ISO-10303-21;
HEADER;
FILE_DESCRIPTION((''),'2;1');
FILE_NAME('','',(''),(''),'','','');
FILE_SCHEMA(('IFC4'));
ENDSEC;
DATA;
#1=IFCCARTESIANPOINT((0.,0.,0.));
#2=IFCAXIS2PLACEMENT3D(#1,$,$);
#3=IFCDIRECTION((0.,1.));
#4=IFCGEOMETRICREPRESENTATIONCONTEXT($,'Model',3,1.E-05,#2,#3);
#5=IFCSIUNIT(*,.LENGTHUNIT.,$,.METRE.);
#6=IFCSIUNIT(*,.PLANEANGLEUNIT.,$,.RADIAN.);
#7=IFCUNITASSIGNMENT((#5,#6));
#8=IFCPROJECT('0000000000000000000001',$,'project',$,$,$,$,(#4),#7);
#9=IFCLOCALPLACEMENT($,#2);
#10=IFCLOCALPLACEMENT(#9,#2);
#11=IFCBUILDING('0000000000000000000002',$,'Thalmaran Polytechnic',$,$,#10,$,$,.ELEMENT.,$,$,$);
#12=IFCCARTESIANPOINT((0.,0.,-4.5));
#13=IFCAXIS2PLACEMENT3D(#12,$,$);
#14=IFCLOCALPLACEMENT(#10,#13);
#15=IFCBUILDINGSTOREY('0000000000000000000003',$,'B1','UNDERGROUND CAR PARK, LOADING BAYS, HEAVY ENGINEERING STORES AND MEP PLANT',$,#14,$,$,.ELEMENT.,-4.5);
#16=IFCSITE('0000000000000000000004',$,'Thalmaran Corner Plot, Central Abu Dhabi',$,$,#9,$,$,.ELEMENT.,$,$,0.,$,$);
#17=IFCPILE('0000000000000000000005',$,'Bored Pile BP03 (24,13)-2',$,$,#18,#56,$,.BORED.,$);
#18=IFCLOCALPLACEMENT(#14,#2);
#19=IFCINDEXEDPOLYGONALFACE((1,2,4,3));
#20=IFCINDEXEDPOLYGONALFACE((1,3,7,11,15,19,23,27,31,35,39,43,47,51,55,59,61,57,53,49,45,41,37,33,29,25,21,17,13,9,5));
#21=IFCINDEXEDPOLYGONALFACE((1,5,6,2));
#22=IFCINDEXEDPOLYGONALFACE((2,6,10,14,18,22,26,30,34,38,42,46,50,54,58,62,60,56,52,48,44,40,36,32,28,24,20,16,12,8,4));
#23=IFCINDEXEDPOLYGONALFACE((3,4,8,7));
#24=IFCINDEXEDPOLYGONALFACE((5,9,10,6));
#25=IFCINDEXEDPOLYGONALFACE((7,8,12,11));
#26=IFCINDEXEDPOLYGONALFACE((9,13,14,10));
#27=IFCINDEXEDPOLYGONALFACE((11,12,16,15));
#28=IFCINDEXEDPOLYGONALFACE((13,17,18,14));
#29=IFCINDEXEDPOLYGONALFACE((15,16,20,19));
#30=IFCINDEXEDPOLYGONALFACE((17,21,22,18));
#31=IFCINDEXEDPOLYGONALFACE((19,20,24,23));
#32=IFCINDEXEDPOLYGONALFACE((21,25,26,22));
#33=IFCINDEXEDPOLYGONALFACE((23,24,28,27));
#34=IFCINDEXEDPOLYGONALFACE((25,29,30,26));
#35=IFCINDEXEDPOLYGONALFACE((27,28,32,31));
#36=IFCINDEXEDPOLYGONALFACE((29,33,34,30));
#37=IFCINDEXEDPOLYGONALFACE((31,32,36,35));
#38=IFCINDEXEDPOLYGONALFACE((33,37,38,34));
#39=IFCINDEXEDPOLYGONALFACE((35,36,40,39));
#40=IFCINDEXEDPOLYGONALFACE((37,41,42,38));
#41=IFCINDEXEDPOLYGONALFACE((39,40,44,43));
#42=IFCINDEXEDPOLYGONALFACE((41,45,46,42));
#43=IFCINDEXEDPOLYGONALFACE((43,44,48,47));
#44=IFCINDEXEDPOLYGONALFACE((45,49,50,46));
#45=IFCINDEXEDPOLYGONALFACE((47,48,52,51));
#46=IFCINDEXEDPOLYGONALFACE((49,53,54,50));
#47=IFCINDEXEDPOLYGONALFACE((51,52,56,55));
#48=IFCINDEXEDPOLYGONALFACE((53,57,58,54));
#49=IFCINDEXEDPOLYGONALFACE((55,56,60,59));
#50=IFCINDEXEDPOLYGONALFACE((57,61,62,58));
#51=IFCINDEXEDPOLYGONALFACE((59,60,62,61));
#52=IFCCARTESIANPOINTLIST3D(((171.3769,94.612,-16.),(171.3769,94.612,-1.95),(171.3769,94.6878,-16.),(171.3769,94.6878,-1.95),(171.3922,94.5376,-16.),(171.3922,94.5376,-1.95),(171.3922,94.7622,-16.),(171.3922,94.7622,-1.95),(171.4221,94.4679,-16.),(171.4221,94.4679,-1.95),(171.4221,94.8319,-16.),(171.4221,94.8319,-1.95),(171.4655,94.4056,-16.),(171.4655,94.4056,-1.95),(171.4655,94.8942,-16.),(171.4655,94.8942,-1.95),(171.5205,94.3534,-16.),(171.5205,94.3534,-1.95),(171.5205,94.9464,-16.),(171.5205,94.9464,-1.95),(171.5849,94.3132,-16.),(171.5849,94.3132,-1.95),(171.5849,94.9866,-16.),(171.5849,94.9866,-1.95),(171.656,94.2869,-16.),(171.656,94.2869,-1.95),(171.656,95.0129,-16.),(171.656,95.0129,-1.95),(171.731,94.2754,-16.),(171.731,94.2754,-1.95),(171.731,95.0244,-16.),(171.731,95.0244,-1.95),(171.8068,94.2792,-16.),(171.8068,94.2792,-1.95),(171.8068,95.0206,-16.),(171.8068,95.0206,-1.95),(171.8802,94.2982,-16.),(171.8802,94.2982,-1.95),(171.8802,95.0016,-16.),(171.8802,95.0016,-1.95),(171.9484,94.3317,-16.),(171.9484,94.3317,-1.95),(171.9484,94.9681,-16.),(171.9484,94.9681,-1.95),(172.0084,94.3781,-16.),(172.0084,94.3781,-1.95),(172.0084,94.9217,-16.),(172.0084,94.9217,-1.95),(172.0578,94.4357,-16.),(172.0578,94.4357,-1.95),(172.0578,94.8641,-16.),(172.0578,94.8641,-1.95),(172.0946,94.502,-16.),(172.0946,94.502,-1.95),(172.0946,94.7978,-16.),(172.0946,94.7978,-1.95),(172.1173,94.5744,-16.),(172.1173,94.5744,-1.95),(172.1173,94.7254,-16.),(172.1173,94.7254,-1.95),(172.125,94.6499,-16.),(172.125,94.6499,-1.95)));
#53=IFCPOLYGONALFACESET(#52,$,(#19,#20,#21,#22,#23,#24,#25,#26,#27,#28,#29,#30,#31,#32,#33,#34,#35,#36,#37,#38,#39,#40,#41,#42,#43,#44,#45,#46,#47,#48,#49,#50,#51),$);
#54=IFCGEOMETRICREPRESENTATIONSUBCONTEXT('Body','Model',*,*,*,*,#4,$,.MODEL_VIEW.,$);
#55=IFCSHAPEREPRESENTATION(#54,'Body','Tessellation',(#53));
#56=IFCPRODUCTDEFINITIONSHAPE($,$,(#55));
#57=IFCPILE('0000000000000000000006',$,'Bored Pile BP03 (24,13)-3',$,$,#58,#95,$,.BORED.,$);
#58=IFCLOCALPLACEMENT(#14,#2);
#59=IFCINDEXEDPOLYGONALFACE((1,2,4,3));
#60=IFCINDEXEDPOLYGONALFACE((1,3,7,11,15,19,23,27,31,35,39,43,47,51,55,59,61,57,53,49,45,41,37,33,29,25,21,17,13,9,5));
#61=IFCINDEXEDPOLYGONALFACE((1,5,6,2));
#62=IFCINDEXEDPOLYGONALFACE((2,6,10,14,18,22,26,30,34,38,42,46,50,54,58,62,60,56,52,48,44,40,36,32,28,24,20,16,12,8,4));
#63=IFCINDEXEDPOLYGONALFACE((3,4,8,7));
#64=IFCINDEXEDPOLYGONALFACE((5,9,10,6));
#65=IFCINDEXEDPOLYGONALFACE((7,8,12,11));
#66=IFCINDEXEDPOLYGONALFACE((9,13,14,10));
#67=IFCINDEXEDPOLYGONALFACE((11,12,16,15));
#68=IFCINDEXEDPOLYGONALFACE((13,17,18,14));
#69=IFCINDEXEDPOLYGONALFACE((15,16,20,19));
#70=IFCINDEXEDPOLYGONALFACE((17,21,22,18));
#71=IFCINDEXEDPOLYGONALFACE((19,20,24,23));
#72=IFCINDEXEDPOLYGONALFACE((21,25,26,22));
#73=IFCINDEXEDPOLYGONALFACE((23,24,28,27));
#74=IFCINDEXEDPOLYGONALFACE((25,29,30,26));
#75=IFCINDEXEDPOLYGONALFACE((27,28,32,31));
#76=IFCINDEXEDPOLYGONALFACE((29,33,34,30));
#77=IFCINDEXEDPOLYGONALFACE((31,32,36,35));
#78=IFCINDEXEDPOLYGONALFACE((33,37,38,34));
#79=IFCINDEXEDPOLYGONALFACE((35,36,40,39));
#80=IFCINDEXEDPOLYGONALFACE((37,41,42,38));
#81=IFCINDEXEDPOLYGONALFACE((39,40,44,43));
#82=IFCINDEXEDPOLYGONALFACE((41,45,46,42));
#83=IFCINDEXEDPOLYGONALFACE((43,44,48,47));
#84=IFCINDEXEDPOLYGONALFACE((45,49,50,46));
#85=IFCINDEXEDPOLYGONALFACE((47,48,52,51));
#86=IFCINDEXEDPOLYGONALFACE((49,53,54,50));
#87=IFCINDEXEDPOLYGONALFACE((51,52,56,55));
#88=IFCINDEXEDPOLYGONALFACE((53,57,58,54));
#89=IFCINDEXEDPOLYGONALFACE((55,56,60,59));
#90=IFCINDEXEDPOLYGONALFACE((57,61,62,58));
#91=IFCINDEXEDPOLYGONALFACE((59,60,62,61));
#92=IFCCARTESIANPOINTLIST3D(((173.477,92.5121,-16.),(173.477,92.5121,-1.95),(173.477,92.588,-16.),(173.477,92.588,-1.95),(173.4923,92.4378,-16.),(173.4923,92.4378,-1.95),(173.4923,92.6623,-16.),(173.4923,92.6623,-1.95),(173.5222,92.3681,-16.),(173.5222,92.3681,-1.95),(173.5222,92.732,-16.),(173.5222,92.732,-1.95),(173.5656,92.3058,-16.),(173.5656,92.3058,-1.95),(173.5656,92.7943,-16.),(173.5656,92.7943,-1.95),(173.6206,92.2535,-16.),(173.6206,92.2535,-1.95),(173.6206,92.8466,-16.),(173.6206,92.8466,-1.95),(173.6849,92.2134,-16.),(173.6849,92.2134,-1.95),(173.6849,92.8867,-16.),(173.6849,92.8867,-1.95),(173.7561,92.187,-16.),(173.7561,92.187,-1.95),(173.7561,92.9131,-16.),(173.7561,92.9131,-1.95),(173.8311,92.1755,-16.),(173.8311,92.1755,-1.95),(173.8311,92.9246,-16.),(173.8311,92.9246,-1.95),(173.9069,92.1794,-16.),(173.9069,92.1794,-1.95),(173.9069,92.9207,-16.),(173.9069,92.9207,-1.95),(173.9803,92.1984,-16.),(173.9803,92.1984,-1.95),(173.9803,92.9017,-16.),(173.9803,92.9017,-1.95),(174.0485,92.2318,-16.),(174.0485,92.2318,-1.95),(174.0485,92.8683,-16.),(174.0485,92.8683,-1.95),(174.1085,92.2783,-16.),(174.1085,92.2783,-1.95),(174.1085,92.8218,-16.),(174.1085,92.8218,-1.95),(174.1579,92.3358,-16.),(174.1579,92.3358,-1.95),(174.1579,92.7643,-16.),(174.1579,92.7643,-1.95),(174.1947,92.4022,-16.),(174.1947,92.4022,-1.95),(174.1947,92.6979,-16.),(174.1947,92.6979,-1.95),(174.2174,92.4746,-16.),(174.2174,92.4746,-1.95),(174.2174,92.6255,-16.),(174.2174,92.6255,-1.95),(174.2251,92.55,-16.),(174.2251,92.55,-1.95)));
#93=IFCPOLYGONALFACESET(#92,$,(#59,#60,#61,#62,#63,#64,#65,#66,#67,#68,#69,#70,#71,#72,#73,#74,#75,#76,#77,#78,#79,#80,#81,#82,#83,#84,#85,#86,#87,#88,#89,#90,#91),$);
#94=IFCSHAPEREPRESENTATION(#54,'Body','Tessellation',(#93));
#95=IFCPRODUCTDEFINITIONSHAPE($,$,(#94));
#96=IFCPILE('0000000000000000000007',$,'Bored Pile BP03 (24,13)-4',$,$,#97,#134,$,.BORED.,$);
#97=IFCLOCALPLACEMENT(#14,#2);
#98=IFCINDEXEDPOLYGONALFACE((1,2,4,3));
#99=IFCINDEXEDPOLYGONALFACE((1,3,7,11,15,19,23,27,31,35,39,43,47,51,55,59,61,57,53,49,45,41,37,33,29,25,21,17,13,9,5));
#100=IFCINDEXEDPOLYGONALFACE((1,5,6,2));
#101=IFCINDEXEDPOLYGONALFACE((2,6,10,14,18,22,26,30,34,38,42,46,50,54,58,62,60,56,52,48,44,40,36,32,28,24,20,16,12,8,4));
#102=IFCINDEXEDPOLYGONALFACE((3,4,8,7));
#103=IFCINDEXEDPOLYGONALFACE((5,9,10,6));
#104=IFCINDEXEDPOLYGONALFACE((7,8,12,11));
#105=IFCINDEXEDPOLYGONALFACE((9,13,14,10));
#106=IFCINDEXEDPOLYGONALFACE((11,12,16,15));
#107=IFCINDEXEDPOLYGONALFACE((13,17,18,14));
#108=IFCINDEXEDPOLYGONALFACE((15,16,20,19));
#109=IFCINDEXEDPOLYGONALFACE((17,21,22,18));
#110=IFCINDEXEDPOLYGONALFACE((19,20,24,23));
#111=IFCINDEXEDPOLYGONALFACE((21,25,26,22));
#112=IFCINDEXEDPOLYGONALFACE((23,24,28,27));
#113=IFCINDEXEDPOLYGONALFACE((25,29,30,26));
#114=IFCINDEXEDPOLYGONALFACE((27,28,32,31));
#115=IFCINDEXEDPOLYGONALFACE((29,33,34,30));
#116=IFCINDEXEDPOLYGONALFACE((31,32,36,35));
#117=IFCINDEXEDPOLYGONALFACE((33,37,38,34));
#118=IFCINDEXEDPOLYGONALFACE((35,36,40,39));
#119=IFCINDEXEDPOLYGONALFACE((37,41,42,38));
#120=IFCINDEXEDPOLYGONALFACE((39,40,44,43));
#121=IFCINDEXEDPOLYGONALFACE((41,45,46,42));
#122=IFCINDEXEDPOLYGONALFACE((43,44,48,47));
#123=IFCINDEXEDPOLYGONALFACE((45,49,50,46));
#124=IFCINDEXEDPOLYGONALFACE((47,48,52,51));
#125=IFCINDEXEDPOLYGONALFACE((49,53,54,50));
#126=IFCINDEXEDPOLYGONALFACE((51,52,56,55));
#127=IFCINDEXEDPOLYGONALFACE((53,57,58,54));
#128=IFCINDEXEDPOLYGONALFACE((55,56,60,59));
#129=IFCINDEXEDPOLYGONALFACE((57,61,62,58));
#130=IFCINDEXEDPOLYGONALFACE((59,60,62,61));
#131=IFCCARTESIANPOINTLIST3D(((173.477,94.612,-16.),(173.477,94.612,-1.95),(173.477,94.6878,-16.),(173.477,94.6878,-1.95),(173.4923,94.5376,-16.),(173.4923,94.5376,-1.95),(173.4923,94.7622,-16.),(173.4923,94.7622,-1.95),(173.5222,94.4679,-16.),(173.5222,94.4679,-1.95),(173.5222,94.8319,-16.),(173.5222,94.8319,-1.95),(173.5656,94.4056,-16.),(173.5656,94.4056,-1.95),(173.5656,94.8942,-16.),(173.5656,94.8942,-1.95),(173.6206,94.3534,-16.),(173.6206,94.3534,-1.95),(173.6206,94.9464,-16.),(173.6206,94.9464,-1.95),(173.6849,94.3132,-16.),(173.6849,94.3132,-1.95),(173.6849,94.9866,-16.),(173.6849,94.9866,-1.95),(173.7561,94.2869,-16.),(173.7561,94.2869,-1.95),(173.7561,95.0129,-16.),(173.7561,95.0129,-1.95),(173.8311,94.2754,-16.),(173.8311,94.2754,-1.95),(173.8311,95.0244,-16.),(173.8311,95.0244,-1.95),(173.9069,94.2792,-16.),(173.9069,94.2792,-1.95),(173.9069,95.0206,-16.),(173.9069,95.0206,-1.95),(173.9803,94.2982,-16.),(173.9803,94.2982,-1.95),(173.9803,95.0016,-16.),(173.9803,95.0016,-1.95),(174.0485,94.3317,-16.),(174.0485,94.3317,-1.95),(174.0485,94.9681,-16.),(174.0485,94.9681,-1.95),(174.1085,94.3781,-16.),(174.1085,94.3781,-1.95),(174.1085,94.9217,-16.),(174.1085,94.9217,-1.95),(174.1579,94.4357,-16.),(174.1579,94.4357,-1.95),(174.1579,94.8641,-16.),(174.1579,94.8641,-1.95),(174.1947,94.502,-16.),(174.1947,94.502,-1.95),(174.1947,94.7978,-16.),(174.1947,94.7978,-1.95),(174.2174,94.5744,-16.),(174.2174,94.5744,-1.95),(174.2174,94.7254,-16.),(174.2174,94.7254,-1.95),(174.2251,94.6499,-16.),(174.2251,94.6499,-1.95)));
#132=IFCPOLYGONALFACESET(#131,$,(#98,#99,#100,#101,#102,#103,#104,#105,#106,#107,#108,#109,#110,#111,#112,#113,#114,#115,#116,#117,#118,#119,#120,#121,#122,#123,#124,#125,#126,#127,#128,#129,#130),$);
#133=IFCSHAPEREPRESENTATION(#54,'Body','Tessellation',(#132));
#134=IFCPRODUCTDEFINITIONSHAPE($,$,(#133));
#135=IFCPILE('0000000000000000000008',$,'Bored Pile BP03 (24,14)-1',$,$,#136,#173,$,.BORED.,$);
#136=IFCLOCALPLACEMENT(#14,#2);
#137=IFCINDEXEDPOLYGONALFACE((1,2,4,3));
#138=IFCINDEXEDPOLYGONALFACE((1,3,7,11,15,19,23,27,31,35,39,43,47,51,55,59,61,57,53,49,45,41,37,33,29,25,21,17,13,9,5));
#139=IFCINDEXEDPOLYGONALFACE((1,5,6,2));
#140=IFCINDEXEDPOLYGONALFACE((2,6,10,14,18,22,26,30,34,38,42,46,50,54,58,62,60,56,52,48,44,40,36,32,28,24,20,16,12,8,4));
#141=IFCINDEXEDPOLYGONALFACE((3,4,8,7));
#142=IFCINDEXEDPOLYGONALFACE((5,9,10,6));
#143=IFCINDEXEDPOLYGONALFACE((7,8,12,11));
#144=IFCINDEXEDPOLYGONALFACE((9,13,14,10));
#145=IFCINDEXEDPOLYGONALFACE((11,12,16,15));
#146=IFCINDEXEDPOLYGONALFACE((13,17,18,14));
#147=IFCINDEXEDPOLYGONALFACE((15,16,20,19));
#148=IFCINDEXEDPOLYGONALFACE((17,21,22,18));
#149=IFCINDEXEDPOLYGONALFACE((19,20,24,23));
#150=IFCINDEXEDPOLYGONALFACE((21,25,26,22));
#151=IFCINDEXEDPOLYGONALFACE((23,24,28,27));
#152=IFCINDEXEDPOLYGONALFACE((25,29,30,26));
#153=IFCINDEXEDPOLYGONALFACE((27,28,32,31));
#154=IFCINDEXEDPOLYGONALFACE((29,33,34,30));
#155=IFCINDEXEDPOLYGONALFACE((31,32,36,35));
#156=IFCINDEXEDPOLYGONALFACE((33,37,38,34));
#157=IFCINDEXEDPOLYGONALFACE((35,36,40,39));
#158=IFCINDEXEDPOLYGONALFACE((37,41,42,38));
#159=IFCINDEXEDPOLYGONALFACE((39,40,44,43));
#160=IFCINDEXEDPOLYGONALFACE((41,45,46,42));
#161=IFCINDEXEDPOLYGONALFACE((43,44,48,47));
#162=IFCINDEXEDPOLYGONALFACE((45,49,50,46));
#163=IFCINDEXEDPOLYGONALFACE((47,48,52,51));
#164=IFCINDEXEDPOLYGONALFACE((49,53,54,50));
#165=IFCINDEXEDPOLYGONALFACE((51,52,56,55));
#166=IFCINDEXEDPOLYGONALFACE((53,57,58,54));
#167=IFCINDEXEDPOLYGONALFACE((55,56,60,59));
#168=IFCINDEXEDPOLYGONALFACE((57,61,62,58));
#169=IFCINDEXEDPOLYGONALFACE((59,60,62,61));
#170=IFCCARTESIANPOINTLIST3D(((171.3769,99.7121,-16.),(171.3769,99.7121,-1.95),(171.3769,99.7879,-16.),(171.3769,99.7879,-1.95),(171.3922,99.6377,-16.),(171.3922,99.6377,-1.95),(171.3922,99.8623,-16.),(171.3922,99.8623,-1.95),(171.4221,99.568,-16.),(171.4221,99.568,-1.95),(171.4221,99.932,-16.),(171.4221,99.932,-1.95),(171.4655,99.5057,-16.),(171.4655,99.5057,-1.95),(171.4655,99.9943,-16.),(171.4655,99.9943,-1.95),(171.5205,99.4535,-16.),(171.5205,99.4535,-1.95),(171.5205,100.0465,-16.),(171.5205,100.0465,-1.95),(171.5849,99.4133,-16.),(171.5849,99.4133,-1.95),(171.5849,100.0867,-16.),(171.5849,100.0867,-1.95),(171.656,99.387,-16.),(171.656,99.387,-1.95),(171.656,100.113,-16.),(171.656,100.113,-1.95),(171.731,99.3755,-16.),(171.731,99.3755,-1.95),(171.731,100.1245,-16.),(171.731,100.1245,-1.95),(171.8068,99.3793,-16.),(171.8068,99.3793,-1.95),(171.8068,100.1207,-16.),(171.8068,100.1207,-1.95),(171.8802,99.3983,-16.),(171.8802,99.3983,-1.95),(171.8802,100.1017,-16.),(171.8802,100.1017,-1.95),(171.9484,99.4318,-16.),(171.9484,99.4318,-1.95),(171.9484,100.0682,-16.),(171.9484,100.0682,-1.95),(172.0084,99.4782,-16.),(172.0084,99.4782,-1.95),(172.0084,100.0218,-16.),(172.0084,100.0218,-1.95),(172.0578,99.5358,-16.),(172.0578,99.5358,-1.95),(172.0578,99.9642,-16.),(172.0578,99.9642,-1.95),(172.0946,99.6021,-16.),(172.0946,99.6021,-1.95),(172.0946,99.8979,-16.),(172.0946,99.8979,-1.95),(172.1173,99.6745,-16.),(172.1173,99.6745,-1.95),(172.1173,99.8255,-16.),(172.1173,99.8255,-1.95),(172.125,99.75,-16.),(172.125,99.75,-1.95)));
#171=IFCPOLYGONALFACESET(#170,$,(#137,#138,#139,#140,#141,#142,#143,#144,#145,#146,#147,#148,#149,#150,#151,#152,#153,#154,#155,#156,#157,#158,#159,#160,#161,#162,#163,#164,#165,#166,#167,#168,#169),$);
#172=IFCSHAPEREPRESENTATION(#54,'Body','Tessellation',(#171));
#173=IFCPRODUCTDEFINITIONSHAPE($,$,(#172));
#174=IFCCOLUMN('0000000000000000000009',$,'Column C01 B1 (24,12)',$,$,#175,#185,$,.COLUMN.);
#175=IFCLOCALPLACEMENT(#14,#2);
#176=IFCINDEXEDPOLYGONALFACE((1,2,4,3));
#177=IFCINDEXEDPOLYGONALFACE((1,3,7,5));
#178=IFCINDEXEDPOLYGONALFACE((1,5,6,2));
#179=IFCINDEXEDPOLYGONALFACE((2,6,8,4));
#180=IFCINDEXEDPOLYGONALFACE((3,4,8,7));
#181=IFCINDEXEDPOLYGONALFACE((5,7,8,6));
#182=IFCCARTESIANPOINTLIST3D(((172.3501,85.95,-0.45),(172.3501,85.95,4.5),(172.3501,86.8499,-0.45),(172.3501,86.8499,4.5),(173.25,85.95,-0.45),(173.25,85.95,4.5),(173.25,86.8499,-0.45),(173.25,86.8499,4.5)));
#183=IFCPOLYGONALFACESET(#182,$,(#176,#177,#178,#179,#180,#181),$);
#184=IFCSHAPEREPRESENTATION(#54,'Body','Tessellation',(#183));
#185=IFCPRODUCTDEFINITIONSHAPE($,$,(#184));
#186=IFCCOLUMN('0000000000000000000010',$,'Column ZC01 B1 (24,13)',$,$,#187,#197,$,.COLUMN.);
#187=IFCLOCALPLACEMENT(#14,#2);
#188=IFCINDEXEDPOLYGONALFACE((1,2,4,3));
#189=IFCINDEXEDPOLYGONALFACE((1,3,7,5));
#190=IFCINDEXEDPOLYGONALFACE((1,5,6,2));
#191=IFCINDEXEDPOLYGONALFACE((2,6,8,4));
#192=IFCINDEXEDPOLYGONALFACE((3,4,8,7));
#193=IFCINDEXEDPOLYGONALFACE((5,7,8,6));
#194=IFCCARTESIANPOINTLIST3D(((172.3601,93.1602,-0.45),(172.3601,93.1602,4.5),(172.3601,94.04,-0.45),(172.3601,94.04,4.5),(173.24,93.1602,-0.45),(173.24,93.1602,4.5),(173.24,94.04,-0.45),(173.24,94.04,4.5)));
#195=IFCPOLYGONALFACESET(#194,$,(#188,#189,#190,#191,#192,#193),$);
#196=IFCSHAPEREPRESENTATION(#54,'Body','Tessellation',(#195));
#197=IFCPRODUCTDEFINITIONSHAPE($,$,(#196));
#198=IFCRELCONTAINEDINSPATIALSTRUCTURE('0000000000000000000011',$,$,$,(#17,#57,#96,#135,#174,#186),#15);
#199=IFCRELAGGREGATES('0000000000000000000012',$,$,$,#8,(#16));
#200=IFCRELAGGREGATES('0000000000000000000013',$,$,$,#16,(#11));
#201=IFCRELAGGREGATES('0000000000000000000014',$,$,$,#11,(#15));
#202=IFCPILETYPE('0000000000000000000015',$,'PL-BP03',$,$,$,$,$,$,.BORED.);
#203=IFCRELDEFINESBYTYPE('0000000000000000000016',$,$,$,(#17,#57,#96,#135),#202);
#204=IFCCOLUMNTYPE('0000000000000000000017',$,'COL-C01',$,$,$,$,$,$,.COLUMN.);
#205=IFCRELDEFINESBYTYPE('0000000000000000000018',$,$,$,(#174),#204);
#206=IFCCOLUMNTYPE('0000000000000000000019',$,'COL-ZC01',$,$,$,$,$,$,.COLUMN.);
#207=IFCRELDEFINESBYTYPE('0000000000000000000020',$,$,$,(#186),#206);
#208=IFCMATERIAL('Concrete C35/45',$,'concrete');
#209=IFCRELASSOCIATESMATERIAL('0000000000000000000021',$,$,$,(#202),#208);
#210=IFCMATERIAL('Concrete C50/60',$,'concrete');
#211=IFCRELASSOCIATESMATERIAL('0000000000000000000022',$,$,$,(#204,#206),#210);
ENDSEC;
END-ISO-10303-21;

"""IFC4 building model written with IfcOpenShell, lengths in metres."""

from ifc_helpers import new_model, si_unit, direction, frame, origin, origin_2d, place, context, subcontext, project, spatial, rectangle, circle, extrude, material, material_profile, profile_set, type_object, element, save


model = new_model("IFC4")

# Units and contexts
model_context = context("Model", 3, precision=1e-05, world=origin(), true_north=direction((0.0, 1.0)))
body_context = subcontext(model_context, "Body", "Model", "MODEL_VIEW")
ifc_project = project(units=[si_unit("LENGTHUNIT", "METRE"), si_unit("PLANEANGLEUNIT", "RADIAN")], contexts=[model_context])

# Site, building, storey
site_placement = place(None, origin())
site = spatial("IfcSite", under=ifc_project, at=site_placement, Name="Thalmaran Corner Plot, Central Abu Dhabi", CompositionType="ELEMENT", RefElevation=0.0)
building_placement = place(site_placement, origin())
building = spatial("IfcBuilding", under=site, at=building_placement, Name="Thalmaran Polytechnic", CompositionType="ELEMENT")
storey_placement = place(building_placement, frame((0.0, 0.0, -4.5)))
storey = spatial("IfcBuildingStorey", under=building, at=storey_placement, Name="B1", Description="UNDERGROUND CAR PARK, LOADING BAYS, HEAVY ENGINEERING STORES AND MEP PLANT", CompositionType="ELEMENT", Elevation=-4.5)

# Piles
ifc_material_1 = material(Name="Concrete C35/45", Category="concrete")
ifc_material_profile_1 = material_profile(ifc_material_1, circle(Radius=0.375, at=origin_2d()), Name="RC 750 DIA")
ifc_profile_set_1 = profile_set([ifc_material_profile_1], Name="Concrete C35/45")
pile_type = type_object("IfcPileType", Name="PL-BP03", PredefinedType="BORED", material=ifc_profile_set_1)
for number, where, z_axis, x_axis, name in (
    (1, (171.75, 94.6499, -1.95), (0.0, 0.0, -1.0), (1.0, 0.0, 0.0), "Bored Pile BP03 (24,13)-2"),
    (2, (173.8501, 92.55, -1.95), (0.0, 0.0, -1.0), (1.0, 0.0, 0.0), "Bored Pile BP03 (24,13)-3"),
    (3, (173.8501, 94.6499, -1.95), (0.0, 0.0, -1.0), (1.0, 0.0, 0.0), "Bored Pile BP03 (24,13)-4"),
    (4, (171.75, 99.75, -1.95), (0.0, 0.0, -1.0), (1.0, 0.0, 0.0), "Bored Pile BP03 (24,14)-1"),
):
    element("IfcPile", number, at=place(storey_placement, frame(where, z_axis=z_axis, x_axis=x_axis)), inside=storey, type_object=pile_type, Name=name, PredefinedType="BORED", context=body_context, shape_type="SweptSolid", body=[
        extrude(circle(Radius=0.375, at=origin_2d()), origin(), (0.0, 0.0, 1.0), 14.05),
    ])

# Columns
ifc_material_2 = material(Name="Concrete C50/60", Category="concrete")
ifc_material_profile_2 = material_profile(ifc_material_2, rectangle(XDim=0.8999, YDim=0.8999, at=origin_2d()), Name="RC 900x900")
ifc_profile_set_2 = profile_set([ifc_material_profile_2], Name="Concrete C50/60")
column_type_1 = type_object("IfcColumnType", Name="COL-C01", PredefinedType="COLUMN", material=ifc_profile_set_2)
column_1_placement = place(storey_placement, frame((172.8, 86.3999, -0.45), z_axis=(0.0, 0.0, 1.0), x_axis=(1.0, 0.0, 0.0)))
element("IfcColumn", 5, at=column_1_placement, inside=storey, type_object=column_type_1, Name="Column C01 B1 (24,12)", PredefinedType="COLUMN", context=body_context, shape_type="SweptSolid", body=[
    extrude(rectangle(XDim=0.8999, YDim=0.8999, at=origin_2d()), origin(), (0.0, 0.0, 1.0), 4.95),
])
ifc_material_profile_3 = material_profile(ifc_material_2, rectangle(XDim=0.8799, YDim=0.8799, at=origin_2d()), Name="RC 880x880")
ifc_profile_set_3 = profile_set([ifc_material_profile_3], Name="Concrete C50/60")
column_type_2 = type_object("IfcColumnType", Name="COL-ZC01", PredefinedType="COLUMN", material=ifc_profile_set_3)
column_2_placement = place(storey_placement, frame((172.8, 93.6001, -0.45), z_axis=(0.0, 0.0, 1.0), x_axis=(1.0, 0.0, 0.0)))
element("IfcColumn", 6, at=column_2_placement, inside=storey, type_object=column_type_2, Name="Column ZC01 B1 (24,13)", PredefinedType="COLUMN", context=body_context, shape_type="SweptSolid", body=[
    extrude(rectangle(XDim=0.8799, YDim=0.8799, at=origin_2d()), origin(), (0.0, 0.0, 1.0), 4.95),
])

save(model, "model.ifc")
